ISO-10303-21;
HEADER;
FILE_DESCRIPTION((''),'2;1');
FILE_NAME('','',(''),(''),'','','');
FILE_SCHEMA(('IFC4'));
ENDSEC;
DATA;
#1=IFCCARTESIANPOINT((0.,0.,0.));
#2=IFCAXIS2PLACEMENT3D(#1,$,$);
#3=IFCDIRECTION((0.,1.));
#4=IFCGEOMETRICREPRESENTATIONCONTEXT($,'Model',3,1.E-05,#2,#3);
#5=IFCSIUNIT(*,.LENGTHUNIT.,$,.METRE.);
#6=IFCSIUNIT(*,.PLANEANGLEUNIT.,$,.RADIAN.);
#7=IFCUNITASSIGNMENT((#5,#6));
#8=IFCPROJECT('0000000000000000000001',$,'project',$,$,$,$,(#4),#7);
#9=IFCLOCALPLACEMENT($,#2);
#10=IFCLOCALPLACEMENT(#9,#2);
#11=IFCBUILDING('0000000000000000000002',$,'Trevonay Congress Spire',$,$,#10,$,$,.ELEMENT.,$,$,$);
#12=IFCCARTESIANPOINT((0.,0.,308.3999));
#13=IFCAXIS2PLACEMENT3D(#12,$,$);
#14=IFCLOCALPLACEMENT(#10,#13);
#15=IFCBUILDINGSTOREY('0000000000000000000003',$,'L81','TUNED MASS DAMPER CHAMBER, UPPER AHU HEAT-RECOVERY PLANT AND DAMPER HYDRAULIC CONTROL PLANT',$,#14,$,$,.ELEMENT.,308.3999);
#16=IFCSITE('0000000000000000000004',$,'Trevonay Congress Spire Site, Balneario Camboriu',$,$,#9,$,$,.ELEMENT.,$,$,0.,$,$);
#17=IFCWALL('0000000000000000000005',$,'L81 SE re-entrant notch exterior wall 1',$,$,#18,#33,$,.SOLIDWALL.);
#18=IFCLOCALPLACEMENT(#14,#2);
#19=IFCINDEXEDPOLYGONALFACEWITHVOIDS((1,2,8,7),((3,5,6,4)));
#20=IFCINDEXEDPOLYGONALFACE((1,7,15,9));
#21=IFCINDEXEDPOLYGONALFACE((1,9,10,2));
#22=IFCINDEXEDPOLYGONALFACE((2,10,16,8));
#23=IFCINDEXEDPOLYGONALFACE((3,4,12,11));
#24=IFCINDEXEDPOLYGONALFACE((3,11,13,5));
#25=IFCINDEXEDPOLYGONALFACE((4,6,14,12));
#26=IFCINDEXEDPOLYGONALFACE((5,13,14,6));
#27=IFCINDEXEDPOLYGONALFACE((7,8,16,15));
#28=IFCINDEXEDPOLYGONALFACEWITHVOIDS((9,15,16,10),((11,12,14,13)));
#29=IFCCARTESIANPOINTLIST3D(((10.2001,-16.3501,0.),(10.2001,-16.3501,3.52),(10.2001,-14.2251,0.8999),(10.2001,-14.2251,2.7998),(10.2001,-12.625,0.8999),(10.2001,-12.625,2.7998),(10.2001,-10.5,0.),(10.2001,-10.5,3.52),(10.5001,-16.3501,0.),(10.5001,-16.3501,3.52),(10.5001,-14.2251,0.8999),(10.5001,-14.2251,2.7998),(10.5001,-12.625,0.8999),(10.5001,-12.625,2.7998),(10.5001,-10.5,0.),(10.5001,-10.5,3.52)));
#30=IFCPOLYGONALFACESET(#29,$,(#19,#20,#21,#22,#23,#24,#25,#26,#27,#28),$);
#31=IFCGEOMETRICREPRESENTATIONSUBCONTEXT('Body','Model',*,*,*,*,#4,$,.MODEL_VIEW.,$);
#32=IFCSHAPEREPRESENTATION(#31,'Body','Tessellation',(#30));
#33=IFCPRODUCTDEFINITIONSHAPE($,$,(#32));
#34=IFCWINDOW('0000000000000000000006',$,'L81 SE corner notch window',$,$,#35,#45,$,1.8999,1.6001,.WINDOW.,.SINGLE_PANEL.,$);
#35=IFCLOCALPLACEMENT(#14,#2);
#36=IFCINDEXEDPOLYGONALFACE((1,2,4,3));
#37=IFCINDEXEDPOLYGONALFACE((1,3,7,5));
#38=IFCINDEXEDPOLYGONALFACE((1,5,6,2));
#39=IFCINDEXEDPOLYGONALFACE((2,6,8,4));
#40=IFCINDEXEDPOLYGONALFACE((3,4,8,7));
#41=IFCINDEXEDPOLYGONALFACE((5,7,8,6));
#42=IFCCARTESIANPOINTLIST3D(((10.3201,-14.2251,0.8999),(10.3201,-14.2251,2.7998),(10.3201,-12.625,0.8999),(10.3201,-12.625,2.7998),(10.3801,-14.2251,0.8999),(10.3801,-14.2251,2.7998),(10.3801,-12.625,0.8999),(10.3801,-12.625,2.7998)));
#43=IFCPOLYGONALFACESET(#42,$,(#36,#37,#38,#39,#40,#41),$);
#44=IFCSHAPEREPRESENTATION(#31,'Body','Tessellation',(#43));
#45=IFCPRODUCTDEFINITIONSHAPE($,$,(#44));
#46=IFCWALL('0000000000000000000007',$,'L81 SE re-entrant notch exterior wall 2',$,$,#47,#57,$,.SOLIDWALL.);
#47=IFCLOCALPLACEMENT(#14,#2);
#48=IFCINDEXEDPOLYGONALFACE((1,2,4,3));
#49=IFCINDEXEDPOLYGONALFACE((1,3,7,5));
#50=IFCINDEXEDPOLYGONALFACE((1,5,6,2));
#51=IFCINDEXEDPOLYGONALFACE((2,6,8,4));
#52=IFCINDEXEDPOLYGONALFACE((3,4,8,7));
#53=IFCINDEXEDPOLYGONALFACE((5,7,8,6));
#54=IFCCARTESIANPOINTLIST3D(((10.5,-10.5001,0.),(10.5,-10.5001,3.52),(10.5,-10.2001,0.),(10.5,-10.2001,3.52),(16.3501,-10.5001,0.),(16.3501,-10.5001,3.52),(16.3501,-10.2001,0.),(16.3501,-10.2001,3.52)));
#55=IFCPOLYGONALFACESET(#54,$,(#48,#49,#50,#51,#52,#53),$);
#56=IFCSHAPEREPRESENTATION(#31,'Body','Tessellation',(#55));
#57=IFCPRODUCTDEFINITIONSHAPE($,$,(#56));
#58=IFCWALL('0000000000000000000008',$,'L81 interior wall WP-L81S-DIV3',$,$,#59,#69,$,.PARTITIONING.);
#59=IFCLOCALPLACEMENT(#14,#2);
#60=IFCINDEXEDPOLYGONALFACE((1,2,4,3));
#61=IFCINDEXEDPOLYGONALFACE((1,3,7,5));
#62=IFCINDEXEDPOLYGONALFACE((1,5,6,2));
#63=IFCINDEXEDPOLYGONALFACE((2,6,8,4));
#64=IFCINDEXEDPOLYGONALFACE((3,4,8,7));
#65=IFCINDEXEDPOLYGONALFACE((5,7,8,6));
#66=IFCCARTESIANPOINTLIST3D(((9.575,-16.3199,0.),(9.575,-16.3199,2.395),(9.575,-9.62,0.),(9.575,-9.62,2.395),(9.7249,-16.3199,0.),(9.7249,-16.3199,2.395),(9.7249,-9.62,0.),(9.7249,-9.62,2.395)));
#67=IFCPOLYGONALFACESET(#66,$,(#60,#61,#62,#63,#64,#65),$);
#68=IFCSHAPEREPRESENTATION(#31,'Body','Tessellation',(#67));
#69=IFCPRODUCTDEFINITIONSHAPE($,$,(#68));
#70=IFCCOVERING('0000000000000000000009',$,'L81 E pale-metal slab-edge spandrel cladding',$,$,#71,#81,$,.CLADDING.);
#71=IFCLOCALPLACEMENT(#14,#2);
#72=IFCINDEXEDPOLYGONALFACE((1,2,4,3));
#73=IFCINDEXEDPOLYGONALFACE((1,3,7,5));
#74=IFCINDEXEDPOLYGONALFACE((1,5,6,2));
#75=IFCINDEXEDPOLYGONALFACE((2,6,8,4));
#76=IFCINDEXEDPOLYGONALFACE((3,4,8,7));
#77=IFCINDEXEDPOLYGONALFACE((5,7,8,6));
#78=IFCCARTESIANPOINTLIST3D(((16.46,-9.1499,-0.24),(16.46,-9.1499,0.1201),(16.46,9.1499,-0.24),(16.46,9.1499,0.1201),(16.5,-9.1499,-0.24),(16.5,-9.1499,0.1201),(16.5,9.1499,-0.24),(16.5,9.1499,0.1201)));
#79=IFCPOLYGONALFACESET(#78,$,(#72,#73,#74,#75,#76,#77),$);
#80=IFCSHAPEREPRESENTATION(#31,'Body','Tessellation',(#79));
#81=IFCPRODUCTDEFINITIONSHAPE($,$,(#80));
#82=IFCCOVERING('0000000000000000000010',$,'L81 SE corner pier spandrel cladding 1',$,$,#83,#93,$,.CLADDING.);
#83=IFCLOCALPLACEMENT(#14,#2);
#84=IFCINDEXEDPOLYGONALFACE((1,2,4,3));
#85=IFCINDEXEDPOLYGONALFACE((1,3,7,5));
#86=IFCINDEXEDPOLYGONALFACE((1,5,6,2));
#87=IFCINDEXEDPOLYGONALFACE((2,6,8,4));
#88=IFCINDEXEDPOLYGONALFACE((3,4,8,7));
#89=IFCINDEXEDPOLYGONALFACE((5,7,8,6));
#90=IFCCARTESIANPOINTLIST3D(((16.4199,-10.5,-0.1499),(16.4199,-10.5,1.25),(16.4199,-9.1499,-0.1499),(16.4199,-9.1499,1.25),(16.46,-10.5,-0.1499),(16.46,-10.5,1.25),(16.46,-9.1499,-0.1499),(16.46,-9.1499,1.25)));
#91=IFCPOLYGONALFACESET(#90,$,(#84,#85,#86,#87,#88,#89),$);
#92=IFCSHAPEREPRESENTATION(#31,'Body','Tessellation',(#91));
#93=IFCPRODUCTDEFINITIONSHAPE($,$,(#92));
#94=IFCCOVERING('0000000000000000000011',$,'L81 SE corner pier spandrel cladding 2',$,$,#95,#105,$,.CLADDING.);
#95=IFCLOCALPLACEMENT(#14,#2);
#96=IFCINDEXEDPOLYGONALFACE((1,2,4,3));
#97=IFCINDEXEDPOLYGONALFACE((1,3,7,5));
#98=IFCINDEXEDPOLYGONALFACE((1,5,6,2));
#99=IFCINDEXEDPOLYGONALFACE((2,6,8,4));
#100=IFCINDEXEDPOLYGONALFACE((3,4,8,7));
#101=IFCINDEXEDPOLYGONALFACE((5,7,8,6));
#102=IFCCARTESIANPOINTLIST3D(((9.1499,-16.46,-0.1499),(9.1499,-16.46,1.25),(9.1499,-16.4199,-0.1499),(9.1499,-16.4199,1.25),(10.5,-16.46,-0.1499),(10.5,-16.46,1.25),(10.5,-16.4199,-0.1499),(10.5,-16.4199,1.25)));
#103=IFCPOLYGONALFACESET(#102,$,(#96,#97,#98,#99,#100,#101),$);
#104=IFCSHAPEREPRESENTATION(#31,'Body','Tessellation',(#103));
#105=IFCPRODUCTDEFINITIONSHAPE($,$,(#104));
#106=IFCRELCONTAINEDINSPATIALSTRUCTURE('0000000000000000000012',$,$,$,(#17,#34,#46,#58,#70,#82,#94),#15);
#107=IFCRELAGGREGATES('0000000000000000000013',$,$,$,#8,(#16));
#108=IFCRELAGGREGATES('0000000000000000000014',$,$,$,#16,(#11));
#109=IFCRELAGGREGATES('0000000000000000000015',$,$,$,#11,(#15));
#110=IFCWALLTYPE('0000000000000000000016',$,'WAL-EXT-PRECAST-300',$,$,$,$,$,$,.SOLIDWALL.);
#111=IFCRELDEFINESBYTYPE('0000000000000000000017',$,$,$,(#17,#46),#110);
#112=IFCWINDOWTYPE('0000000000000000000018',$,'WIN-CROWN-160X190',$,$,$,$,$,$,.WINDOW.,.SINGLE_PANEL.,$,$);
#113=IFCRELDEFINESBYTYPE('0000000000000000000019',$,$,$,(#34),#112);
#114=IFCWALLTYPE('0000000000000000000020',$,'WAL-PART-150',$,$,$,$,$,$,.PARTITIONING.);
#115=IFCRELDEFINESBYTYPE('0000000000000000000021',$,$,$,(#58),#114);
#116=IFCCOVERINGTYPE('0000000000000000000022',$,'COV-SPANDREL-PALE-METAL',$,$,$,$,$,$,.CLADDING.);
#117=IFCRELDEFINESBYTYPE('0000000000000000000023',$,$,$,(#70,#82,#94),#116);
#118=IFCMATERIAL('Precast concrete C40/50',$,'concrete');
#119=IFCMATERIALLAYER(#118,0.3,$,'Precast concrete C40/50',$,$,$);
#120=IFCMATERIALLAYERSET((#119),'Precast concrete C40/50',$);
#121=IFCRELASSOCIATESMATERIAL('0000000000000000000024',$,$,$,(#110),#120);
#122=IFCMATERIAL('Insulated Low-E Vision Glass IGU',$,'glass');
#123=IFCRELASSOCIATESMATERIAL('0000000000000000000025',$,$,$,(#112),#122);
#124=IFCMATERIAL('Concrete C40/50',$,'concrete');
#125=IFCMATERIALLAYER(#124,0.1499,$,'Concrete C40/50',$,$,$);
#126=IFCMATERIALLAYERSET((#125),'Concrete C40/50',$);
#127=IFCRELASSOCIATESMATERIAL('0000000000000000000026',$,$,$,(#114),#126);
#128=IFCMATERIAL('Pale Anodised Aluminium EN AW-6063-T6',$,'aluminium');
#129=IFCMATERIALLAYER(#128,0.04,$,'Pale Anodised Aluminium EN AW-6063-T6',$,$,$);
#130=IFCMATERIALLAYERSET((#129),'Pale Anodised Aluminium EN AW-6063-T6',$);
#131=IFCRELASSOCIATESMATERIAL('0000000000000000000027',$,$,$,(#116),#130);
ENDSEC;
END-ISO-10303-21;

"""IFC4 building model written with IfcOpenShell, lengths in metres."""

from ifc_helpers import new_model, si_unit, direction, frame, frame_2d, origin, place, context, subcontext, project, spatial, rectangle, extrude, material, layer, layer_set, type_object, element, fill, save


model = new_model("IFC4")

# Units and contexts
model_context = context("Model", 3, precision=1e-05, world=origin(), true_north=direction((0.0, 1.0)))
body_context = subcontext(model_context, "Body", "Model", "MODEL_VIEW")
ifc_project = project(units=[si_unit("LENGTHUNIT", "METRE"), si_unit("PLANEANGLEUNIT", "RADIAN")], contexts=[model_context])

# Site, building, storey
site_placement = place(None, origin())
site = spatial("IfcSite", under=ifc_project, at=site_placement, Name="Trevonay Congress Spire Site, Balneario Camboriu", CompositionType="ELEMENT", RefElevation=0.0)
building_placement = place(site_placement, origin())
building = spatial("IfcBuilding", under=site, at=building_placement, Name="Trevonay Congress Spire", CompositionType="ELEMENT")
storey_placement = place(building_placement, frame((0.0, 0.0, 308.3999)))
storey = spatial("IfcBuildingStorey", under=building, at=storey_placement, Name="L81", Description="TUNED MASS DAMPER CHAMBER, UPPER AHU HEAT-RECOVERY PLANT AND DAMPER HYDRAULIC CONTROL PLANT", CompositionType="ELEMENT", Elevation=308.3999)

# Shared definitions
ifc_material_1 = material(Name="Pale Anodised Aluminium EN AW-6063-T6", Category="aluminium")

# Wall, opening, window
ifc_material_2 = material(Name="Precast concrete C40/50", Category="concrete")
ifc_layer_1 = layer(ifc_material_2, 0.3, Name="Precast concrete C40/50")
ifc_layer_set_1 = layer_set([ifc_layer_1], Name="Precast concrete C40/50")
wall_type_1 = type_object("IfcWallType", Name="WAL-EXT-PRECAST-300", PredefinedType="SOLIDWALL", material=ifc_layer_set_1)
wall_1_placement = place(storey_placement, frame((10.3501, -16.3501, 0.0), z_axis=(0.0, 0.0, 1.0), x_axis=(0.0, 1.0, 0.0)))
wall_1 = element("IfcWall", 1, at=wall_1_placement, inside=storey, type_object=wall_type_1, Name="L81 SE re-entrant notch exterior wall 1", PredefinedType="SOLIDWALL", context=body_context, shape_type="SweptSolid", body=[
    extrude(rectangle(XDim=5.8501, YDim=0.3, at=frame_2d((2.925, 0.0))), origin(), (0.0, 0.0, 1.0), 3.52),
])
opening_placement = place(wall_1_placement, frame((2.125, 0.0, 0.8999)))
opening = element("IfcOpeningElement", 2, at=opening_placement, cuts=wall_1, PredefinedType="OPENING", context=body_context, shape_type="SweptSolid", body=[
    extrude(rectangle(XDim=1.6001, YDim=1.8999, at=frame_2d((0.8, 0.95))), frame((0.0, 0.1602, 0.0), z_axis=(0.0, -1.0, 0.0), x_axis=(1.0, 0.0, 0.0)), (0.0, 0.0, 1.0), 0.3201),
])
ifc_material_3 = material(Name="Insulated Low-E Vision Glass IGU", Category="glass")
window_type = type_object("IfcWindowType", Name="WIN-CROWN-160X190", PartitioningType="SINGLE_PANEL", PredefinedType="WINDOW", material=ifc_material_3)
window_placement = place(opening_placement, origin())
window = element("IfcWindow", 3, at=window_placement, inside=storey, type_object=window_type, Name="L81 SE corner notch window", OverallHeight=1.8999, OverallWidth=1.6001, PartitioningType="SINGLE_PANEL", PredefinedType="WINDOW", context=body_context, shape_type="SweptSolid", body=[
    extrude(rectangle(XDim=1.6001, YDim=1.8999, at=frame_2d((0.8, 0.95))), frame((0.0, 0.03, 0.0), z_axis=(0.0, -1.0, 0.0), x_axis=(1.0, 0.0, 0.0)), (0.0, 0.0, 1.0), 0.0601),
])
fill(opening, window)

# Walls
wall_2_placement = place(storey_placement, frame((16.3501, -10.3501, 0.0), z_axis=(0.0, 0.0, 1.0), x_axis=(-1.0, 0.0, 0.0)))
element("IfcWall", 4, at=wall_2_placement, inside=storey, type_object=wall_type_1, Name="L81 SE re-entrant notch exterior wall 2", PredefinedType="SOLIDWALL", context=body_context, shape_type="SweptSolid", body=[
    extrude(rectangle(XDim=5.8501, YDim=0.3, at=frame_2d((2.925, 0.0))), origin(), (0.0, 0.0, 1.0), 3.52),
])
ifc_material_4 = material(Name="Concrete C40/50", Category="concrete")
ifc_layer_2 = layer(ifc_material_4, 0.1499, Name="Concrete C40/50")
ifc_layer_set_2 = layer_set([ifc_layer_2], Name="Concrete C40/50")
wall_type_2 = type_object("IfcWallType", Name="WAL-PART-150", PredefinedType="PARTITIONING", material=ifc_layer_set_2)
wall_3_placement = place(storey_placement, frame((9.6499, -16.3201, 0.0), z_axis=(0.0, 0.0, 1.0), x_axis=(0.0, 1.0, 0.0)))
element("IfcWall", 5, at=wall_3_placement, inside=storey, type_object=wall_type_2, Name="L81 interior wall WP-L81S-DIV3", PredefinedType="PARTITIONING", context=body_context, shape_type="SweptSolid", body=[
    extrude(rectangle(XDim=6.7, YDim=0.1499, at=frame_2d((3.3501, 0.0))), origin(), (0.0, 0.0, 1.0), 2.395),
])

# Coverings
ifc_layer_3 = layer(ifc_material_1, 0.04, Name="Pale Anodised Aluminium EN AW-6063-T6")
ifc_layer_set_3 = layer_set([ifc_layer_3], Name="Pale Anodised Aluminium EN AW-6063-T6")
covering_type = type_object("IfcCoveringType", Name="COV-SPANDREL-PALE-METAL", PredefinedType="CLADDING", material=ifc_layer_set_3)
covering_placement = place(storey_placement, frame((16.48, -9.1499, -0.24), z_axis=(0.0, 0.0, 1.0), x_axis=(0.0, 1.0, 0.0)))
element("IfcCovering", 6, at=covering_placement, inside=storey, type_object=covering_type, Name="L81 E pale-metal slab-edge spandrel cladding", PredefinedType="CLADDING", context=body_context, shape_type="SweptSolid", body=[
    extrude(rectangle(XDim=18.2998, YDim=0.04, at=frame_2d((9.1499, 0.0))), origin(), (0.0, 0.0, 1.0), 0.3601),
])
for number, where, z_axis, x_axis, name in (
    (7, (16.4399, -9.1499, -0.1499), (0.0, 0.0, 1.0), (0.0, -1.0, 0.0), "L81 SE corner pier spandrel cladding 1"),
    (8, (9.1499, -16.4399, -0.1499), (0.0, 0.0, 1.0), (1.0, 0.0, 0.0), "L81 SE corner pier spandrel cladding 2"),
):
    element("IfcCovering", number, at=place(storey_placement, frame(where, z_axis=z_axis, x_axis=x_axis)), inside=storey, type_object=covering_type, Name=name, PredefinedType="CLADDING", context=body_context, shape_type="SweptSolid", body=[
        extrude(rectangle(XDim=1.3501, YDim=0.04, at=frame_2d((0.675, 0.0))), origin(), (0.0, 0.0, 1.0), 1.3999),
    ])

save(model, "model.ifc")
